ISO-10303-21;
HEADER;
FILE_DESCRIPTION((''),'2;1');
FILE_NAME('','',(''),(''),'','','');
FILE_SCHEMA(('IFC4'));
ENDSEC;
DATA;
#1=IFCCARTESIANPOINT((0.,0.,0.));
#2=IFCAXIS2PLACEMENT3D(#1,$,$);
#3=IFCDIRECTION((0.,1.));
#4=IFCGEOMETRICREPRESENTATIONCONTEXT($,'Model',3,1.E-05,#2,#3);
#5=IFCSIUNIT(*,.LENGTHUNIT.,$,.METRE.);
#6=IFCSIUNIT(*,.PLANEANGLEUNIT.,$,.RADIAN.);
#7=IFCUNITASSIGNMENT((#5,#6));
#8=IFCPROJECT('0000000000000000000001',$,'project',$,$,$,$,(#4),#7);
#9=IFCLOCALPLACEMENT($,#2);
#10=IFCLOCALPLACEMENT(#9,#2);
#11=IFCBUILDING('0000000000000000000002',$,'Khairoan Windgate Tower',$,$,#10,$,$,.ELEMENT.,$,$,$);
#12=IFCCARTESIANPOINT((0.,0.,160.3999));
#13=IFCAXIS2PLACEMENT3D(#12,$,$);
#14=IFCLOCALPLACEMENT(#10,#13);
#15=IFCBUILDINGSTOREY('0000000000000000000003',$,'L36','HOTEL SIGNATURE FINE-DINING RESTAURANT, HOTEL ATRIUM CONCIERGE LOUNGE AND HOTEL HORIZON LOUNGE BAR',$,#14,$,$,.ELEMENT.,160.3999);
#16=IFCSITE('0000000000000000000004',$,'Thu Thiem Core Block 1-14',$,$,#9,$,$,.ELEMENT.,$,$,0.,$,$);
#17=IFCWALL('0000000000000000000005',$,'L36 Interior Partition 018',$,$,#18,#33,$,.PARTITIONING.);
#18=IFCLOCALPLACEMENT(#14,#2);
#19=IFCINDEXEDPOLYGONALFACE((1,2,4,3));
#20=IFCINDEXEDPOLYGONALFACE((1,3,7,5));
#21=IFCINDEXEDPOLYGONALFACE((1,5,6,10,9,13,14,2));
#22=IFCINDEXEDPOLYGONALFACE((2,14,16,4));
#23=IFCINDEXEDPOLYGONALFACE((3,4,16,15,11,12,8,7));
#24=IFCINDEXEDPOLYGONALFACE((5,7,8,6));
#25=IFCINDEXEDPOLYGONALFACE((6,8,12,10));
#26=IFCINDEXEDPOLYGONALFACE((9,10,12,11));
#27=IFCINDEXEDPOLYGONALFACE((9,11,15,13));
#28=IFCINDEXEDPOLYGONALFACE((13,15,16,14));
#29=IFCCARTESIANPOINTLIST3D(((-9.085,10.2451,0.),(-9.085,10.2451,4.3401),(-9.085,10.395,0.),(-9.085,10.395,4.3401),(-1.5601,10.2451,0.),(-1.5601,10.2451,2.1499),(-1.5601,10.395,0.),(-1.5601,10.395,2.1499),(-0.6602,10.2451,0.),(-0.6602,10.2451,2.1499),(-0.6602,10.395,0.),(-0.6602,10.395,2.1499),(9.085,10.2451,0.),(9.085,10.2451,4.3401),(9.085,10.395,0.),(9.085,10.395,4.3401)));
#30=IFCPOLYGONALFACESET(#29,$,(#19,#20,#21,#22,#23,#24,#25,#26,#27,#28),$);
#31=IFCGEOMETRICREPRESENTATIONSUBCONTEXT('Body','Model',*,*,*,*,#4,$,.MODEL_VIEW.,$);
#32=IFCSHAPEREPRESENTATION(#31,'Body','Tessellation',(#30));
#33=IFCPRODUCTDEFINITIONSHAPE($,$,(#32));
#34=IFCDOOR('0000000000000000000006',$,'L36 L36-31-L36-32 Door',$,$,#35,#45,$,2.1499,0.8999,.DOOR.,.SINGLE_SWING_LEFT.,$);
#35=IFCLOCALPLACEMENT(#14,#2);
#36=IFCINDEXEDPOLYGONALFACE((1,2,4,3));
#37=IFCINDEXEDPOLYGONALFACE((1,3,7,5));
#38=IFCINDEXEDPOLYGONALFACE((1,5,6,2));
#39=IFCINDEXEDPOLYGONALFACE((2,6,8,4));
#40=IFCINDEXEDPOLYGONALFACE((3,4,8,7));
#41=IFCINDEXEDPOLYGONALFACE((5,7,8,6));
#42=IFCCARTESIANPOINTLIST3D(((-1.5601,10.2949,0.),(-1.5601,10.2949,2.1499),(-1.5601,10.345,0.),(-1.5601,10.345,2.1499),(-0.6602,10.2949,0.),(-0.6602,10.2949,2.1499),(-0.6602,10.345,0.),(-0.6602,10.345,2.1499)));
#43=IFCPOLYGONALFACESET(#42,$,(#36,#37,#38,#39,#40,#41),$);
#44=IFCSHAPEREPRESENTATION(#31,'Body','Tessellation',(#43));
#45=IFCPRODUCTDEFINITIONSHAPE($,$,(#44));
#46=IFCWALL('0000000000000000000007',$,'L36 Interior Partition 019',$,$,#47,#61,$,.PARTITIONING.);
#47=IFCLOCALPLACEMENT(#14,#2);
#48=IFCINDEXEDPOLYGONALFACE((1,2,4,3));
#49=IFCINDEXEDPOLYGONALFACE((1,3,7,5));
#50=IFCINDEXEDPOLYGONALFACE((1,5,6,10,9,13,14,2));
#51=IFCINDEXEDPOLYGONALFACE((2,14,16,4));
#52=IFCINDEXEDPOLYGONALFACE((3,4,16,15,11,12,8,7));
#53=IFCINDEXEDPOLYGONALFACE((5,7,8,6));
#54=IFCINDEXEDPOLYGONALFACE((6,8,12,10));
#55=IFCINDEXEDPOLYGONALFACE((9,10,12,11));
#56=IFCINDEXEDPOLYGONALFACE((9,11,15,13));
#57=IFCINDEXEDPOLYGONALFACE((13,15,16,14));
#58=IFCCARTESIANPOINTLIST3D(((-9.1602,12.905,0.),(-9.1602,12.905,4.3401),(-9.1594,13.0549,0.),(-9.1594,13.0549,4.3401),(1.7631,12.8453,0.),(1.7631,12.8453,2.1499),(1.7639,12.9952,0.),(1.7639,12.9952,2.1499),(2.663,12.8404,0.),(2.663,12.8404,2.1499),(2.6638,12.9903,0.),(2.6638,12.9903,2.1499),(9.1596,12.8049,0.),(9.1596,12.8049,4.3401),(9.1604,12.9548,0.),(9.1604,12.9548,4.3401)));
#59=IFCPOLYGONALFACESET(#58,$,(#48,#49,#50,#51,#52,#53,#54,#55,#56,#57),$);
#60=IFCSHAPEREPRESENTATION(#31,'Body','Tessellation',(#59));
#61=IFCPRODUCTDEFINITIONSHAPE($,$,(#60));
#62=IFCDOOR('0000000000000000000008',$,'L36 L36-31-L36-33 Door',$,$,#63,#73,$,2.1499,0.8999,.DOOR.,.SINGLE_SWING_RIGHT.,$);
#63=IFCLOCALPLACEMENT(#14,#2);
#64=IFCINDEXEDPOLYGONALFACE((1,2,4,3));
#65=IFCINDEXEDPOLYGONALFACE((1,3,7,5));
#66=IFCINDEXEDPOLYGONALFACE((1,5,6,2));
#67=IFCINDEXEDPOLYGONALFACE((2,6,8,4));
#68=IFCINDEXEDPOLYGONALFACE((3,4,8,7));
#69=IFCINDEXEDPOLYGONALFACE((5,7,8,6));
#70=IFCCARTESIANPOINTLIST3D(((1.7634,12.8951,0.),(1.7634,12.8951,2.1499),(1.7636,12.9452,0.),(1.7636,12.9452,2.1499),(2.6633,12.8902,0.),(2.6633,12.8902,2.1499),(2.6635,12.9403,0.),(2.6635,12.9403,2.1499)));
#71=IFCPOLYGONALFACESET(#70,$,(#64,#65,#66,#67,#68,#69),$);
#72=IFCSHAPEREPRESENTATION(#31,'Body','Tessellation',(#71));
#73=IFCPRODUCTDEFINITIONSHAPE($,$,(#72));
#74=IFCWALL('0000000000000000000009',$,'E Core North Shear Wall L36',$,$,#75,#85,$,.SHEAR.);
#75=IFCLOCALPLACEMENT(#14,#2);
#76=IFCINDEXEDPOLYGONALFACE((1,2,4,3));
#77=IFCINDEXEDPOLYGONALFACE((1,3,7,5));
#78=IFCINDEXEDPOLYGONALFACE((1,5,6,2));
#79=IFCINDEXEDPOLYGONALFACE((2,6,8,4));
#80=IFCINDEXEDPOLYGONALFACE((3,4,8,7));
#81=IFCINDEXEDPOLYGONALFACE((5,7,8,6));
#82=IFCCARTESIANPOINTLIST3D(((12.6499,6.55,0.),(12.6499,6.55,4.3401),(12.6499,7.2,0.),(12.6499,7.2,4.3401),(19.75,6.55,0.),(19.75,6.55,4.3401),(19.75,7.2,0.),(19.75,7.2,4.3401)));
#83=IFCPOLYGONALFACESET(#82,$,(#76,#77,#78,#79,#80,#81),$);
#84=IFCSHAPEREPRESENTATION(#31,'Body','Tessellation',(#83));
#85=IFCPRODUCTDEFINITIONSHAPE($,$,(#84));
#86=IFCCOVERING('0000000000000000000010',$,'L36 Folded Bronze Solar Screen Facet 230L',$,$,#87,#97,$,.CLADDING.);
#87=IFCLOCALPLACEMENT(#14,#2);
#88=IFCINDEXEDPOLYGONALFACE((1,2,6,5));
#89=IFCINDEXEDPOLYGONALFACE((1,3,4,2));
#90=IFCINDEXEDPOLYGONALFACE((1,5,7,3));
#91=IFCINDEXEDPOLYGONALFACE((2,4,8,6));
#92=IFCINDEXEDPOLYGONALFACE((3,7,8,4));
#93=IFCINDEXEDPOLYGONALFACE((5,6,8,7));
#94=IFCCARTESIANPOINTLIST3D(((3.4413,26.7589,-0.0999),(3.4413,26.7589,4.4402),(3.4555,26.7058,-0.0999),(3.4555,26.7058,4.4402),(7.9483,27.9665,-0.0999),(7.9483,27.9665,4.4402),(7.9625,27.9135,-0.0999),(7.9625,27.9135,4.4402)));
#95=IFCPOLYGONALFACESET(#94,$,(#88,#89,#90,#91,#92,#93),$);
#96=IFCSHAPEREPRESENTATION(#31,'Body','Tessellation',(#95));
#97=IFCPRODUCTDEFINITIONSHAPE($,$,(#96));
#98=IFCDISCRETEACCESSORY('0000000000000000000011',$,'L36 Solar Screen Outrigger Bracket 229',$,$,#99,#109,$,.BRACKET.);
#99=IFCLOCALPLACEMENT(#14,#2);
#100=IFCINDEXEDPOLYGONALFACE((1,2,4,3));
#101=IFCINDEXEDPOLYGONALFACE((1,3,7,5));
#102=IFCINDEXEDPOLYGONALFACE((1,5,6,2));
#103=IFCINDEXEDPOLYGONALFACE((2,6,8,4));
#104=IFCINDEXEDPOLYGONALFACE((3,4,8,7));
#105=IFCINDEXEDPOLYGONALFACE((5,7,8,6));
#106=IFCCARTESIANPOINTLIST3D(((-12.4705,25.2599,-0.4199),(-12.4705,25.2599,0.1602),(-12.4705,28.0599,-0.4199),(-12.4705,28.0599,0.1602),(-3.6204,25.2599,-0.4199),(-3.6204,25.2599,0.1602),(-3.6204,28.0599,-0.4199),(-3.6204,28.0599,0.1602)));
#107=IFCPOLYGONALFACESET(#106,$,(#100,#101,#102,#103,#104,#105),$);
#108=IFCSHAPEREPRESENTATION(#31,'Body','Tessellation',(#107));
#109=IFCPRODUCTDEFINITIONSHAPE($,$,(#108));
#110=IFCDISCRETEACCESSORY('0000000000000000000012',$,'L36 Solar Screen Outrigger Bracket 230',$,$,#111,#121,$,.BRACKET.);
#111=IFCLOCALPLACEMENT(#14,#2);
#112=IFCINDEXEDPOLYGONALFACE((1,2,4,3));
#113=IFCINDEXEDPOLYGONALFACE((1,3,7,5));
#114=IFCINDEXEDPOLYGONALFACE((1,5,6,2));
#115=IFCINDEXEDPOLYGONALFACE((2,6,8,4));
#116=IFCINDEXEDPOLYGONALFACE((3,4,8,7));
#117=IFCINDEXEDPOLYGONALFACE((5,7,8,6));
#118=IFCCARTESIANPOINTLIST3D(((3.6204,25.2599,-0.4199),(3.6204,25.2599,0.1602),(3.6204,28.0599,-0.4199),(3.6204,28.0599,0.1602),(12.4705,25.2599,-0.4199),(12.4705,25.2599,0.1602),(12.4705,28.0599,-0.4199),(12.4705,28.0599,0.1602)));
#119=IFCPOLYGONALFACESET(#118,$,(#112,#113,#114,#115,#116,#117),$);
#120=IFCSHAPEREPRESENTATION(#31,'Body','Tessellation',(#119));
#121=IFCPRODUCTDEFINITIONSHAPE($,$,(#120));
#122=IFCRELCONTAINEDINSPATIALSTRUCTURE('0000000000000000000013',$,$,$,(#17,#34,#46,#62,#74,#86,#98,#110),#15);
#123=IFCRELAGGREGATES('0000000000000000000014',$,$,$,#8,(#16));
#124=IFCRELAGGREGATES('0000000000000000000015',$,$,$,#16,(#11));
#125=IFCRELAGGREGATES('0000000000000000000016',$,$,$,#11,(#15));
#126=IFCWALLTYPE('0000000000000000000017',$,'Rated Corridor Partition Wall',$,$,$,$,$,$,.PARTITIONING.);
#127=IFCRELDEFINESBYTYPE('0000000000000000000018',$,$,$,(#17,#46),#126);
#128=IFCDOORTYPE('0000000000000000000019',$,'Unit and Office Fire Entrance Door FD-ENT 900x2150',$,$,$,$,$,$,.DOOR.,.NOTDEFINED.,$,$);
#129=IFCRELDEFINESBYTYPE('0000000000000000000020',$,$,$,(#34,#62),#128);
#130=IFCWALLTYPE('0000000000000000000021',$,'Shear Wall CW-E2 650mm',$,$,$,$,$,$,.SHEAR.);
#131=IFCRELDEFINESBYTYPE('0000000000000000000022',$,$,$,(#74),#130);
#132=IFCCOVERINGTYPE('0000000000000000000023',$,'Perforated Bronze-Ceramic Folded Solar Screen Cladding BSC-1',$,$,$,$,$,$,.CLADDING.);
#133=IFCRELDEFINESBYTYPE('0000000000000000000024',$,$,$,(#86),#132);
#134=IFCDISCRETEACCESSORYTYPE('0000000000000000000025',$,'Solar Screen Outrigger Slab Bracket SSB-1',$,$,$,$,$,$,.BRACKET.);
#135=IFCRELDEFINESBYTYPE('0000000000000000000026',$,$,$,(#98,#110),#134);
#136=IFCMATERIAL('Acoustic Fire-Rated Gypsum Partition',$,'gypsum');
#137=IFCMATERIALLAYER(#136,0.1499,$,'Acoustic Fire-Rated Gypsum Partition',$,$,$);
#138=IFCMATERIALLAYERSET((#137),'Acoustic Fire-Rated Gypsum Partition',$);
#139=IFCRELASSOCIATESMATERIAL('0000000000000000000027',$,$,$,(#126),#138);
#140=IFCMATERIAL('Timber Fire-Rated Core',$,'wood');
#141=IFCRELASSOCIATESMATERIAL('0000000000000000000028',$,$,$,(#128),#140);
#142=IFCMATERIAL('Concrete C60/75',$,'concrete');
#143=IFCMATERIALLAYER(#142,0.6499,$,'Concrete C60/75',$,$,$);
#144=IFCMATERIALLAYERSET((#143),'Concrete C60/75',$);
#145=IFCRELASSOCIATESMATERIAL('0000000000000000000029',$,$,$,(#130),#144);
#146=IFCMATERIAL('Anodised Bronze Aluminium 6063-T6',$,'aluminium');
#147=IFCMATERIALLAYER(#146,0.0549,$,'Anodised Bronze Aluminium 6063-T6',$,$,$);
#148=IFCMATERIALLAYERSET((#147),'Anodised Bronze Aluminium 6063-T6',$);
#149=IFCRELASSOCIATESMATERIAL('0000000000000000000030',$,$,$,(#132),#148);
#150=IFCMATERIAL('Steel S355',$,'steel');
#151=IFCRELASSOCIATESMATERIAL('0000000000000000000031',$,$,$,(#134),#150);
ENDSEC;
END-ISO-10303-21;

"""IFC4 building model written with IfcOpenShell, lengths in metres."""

from ifc_helpers import new_model, si_unit, direction, frame, frame_2d, origin, origin_2d, place, context, subcontext, project, spatial, rectangle, extrude, material, layer, layer_set, type_object, element, fill, save


model = new_model("IFC4")

# Units and contexts
model_context = context("Model", 3, precision=1e-05, world=origin(), true_north=direction((0.0, 1.0)))
body_context = subcontext(model_context, "Body", "Model", "MODEL_VIEW")
ifc_project = project(units=[si_unit("LENGTHUNIT", "METRE"), si_unit("PLANEANGLEUNIT", "RADIAN")], contexts=[model_context])

# Site, building, storey
site_placement = place(None, origin())
site = spatial("IfcSite", under=ifc_project, at=site_placement, Name="Thu Thiem Core Block 1-14", CompositionType="ELEMENT", RefElevation=0.0)
building_placement = place(site_placement, origin())
building = spatial("IfcBuilding", under=site, at=building_placement, Name="Khairoan Windgate Tower", CompositionType="ELEMENT")
storey_placement = place(building_placement, frame((0.0, 0.0, 160.3999)))
storey = spatial("IfcBuildingStorey", under=building, at=storey_placement, Name="L36", Description="HOTEL SIGNATURE FINE-DINING RESTAURANT, HOTEL ATRIUM CONCIERGE LOUNGE AND HOTEL HORIZON LOUNGE BAR", CompositionType="ELEMENT", Elevation=160.3999)

# Walls, openings, doors
ifc_material_1 = material(Name="Acoustic Fire-Rated Gypsum Partition", Category="gypsum")
ifc_layer_1 = layer(ifc_material_1, 0.1499, Name="Acoustic Fire-Rated Gypsum Partition")
ifc_layer_set_1 = layer_set([ifc_layer_1], Name="Acoustic Fire-Rated Gypsum Partition")
wall_type_1 = type_object("IfcWallType", Name="Rated Corridor Partition Wall", PredefinedType="PARTITIONING", material=ifc_layer_set_1)
ifc_material_2 = material(Name="Timber Fire-Rated Core", Category="wood")
door_type = type_object("IfcDoorType", Name="Unit and Office Fire Entrance Door FD-ENT 900x2150", OperationType="NOTDEFINED", PredefinedType="DOOR", material=ifc_material_2)
wall_1_placement = place(storey_placement, frame((-9.085, 10.3201, 0.0), z_axis=(0.0, 0.0, 1.0), x_axis=(1.0, 0.0, 0.0)))
wall_1 = element("IfcWall", 1, at=wall_1_placement, inside=storey, type_object=wall_type_1, Name="L36 Interior Partition 018", PredefinedType="PARTITIONING", context=body_context, shape_type="SweptSolid", body=[
    extrude(rectangle(XDim=18.1699, YDim=0.1499, at=frame_2d((9.085, 0.0))), origin(), (0.0, 0.0, 1.0), 4.3401),
])
opening_1_placement = place(wall_1_placement, frame((7.5249, 0.0, 0.0)))
opening_1 = element("IfcOpeningElement", 2, at=opening_1_placement, cuts=wall_1, PredefinedType="OPENING", context=body_context, shape_type="SweptSolid", body=[
    extrude(rectangle(XDim=0.8999, YDim=2.1499, at=frame_2d((0.45, 1.075))), frame((0.0, 0.085, 0.0), z_axis=(0.0, -1.0, 0.0), x_axis=(1.0, 0.0, 0.0)), (0.0, 0.0, 1.0), 0.1699),
])
door_1_placement = place(opening_1_placement, origin())
door_1 = element("IfcDoor", 3, at=door_1_placement, inside=storey, type_object=door_type, Name="L36 L36-31-L36-32 Door", OperationType="SINGLE_SWING_LEFT", OverallHeight=2.1499, OverallWidth=0.8999, PredefinedType="DOOR", context=body_context, shape_type="SweptSolid", body=[
    extrude(rectangle(XDim=0.8999, YDim=2.1499, at=frame_2d((0.45, 1.075))), frame((0.0, 0.0249, 0.0), z_axis=(0.0, -1.0, 0.0), x_axis=(1.0, 0.0, 0.0)), (0.0, 0.0, 1.0), 0.05),
])
fill(opening_1, door_1)
wall_2_placement = place(storey_placement, frame((-9.1599, 12.98, 0.0), z_axis=(0.0, 0.0, 1.0), x_axis=(0.999985, -0.005464, 0.0)))
wall_2 = element("IfcWall", 4, at=wall_2_placement, inside=storey, type_object=wall_type_1, Name="L36 Interior Partition 019", PredefinedType="PARTITIONING", context=body_context, shape_type="SweptSolid", body=[
    extrude(rectangle(XDim=18.3201, YDim=0.1499, at=frame_2d((9.1602, 0.0))), origin(), (0.0, 0.0, 1.0), 4.3401),
])
opening_2_placement = place(wall_2_placement, frame((10.9236, 0.0, 0.0)))
opening_2 = element("IfcOpeningElement", 5, at=opening_2_placement, cuts=wall_2, PredefinedType="OPENING", context=body_context, shape_type="SweptSolid", body=[
    extrude(rectangle(XDim=0.8999, YDim=2.1499, at=frame_2d((0.45, 1.075))), frame((0.0, 0.085, 0.0), z_axis=(0.0, -1.0, 0.0), x_axis=(1.0, 0.0, 0.0)), (0.0, 0.0, 1.0), 0.1699),
])
door_2_placement = place(opening_2_placement, origin())
door_2 = element("IfcDoor", 6, at=door_2_placement, inside=storey, type_object=door_type, Name="L36 L36-31-L36-33 Door", OperationType="SINGLE_SWING_RIGHT", OverallHeight=2.1499, OverallWidth=0.8999, PredefinedType="DOOR", context=body_context, shape_type="SweptSolid", body=[
    extrude(rectangle(XDim=0.8999, YDim=2.1499, at=frame_2d((0.45, 1.075))), frame((0.0, 0.0249, 0.0), z_axis=(0.0, -1.0, 0.0), x_axis=(1.0, 0.0, 0.0)), (0.0, 0.0, 1.0), 0.05),
])
fill(opening_2, door_2)

# Wall
ifc_material_3 = material(Name="Concrete C60/75", Category="concrete")
ifc_layer_2 = layer(ifc_material_3, 0.6499, Name="Concrete C60/75")
ifc_layer_set_2 = layer_set([ifc_layer_2], Name="Concrete C60/75")
wall_type_2 = type_object("IfcWallType", Name="Shear Wall CW-E2 650mm", PredefinedType="SHEAR", material=ifc_layer_set_2)
wall_3_placement = place(storey_placement, frame((12.6499, 6.875, 0.0), z_axis=(0.0, 0.0, 1.0), x_axis=(1.0, 0.0, 0.0)))
element("IfcWall", 7, at=wall_3_placement, inside=storey, type_object=wall_type_2, Name="E Core North Shear Wall L36", PredefinedType="SHEAR", context=body_context, shape_type="SweptSolid", body=[
    extrude(rectangle(XDim=7.1001, YDim=0.6499, at=frame_2d((3.55, 0.0))), origin(), (0.0, 0.0, 1.0), 4.3401),
])

# Covering
ifc_material_4 = material(Name="Anodised Bronze Aluminium 6063-T6", Category="aluminium")
ifc_layer_3 = layer(ifc_material_4, 0.0549, Name="Anodised Bronze Aluminium 6063-T6")
ifc_layer_set_3 = layer_set([ifc_layer_3], Name="Anodised Bronze Aluminium 6063-T6")
covering_type = type_object("IfcCoveringType", Name="Perforated Bronze-Ceramic Folded Solar Screen Cladding BSC-1", PredefinedType="CLADDING", material=ifc_layer_set_3)
covering_placement = place(storey_placement, frame((5.7019, 27.3362, -0.0999), z_axis=(0.0, 0.0, 1.0), x_axis=(0.965926, 0.258819, 0.0)))
element("IfcCovering", 8, at=covering_placement, inside=storey, type_object=covering_type, Name="L36 Folded Bronze Solar Screen Facet 230L", PredefinedType="CLADDING", context=body_context, shape_type="SweptSolid", body=[
    extrude(rectangle(XDim=4.666, YDim=0.0549, at=origin_2d()), origin(), (0.0, 0.0, 1.0), 4.54),
])

# Discrete accessories
ifc_material_5 = material(Name="Steel S355", Category="steel")
discrete_accessory_type = type_object("IfcDiscreteAccessoryType", Name="Solar Screen Outrigger Slab Bracket SSB-1", PredefinedType="BRACKET", material=ifc_material_5)
for number, where, z_axis, x_axis, name in (
    (9, (-8.0454, 26.6599, -0.4199), (0.0, 0.0, 1.0), (1.0, 0.0, 0.0), "L36 Solar Screen Outrigger Bracket 229"),
    (10, (8.0454, 26.6599, -0.4199), (0.0, 0.0, 1.0), (1.0, 0.0, 0.0), "L36 Solar Screen Outrigger Bracket 230"),
):
    element("IfcDiscreteAccessory", number, at=place(storey_placement, frame(where, z_axis=z_axis, x_axis=x_axis)), inside=storey, type_object=discrete_accessory_type, Name=name, PredefinedType="BRACKET", context=body_context, shape_type="SweptSolid", body=[
        extrude(rectangle(XDim=8.8501, YDim=2.8, at=origin_2d()), origin(), (0.0, 0.0, 1.0), 0.5801),
    ])

save(model, "model.ifc")
